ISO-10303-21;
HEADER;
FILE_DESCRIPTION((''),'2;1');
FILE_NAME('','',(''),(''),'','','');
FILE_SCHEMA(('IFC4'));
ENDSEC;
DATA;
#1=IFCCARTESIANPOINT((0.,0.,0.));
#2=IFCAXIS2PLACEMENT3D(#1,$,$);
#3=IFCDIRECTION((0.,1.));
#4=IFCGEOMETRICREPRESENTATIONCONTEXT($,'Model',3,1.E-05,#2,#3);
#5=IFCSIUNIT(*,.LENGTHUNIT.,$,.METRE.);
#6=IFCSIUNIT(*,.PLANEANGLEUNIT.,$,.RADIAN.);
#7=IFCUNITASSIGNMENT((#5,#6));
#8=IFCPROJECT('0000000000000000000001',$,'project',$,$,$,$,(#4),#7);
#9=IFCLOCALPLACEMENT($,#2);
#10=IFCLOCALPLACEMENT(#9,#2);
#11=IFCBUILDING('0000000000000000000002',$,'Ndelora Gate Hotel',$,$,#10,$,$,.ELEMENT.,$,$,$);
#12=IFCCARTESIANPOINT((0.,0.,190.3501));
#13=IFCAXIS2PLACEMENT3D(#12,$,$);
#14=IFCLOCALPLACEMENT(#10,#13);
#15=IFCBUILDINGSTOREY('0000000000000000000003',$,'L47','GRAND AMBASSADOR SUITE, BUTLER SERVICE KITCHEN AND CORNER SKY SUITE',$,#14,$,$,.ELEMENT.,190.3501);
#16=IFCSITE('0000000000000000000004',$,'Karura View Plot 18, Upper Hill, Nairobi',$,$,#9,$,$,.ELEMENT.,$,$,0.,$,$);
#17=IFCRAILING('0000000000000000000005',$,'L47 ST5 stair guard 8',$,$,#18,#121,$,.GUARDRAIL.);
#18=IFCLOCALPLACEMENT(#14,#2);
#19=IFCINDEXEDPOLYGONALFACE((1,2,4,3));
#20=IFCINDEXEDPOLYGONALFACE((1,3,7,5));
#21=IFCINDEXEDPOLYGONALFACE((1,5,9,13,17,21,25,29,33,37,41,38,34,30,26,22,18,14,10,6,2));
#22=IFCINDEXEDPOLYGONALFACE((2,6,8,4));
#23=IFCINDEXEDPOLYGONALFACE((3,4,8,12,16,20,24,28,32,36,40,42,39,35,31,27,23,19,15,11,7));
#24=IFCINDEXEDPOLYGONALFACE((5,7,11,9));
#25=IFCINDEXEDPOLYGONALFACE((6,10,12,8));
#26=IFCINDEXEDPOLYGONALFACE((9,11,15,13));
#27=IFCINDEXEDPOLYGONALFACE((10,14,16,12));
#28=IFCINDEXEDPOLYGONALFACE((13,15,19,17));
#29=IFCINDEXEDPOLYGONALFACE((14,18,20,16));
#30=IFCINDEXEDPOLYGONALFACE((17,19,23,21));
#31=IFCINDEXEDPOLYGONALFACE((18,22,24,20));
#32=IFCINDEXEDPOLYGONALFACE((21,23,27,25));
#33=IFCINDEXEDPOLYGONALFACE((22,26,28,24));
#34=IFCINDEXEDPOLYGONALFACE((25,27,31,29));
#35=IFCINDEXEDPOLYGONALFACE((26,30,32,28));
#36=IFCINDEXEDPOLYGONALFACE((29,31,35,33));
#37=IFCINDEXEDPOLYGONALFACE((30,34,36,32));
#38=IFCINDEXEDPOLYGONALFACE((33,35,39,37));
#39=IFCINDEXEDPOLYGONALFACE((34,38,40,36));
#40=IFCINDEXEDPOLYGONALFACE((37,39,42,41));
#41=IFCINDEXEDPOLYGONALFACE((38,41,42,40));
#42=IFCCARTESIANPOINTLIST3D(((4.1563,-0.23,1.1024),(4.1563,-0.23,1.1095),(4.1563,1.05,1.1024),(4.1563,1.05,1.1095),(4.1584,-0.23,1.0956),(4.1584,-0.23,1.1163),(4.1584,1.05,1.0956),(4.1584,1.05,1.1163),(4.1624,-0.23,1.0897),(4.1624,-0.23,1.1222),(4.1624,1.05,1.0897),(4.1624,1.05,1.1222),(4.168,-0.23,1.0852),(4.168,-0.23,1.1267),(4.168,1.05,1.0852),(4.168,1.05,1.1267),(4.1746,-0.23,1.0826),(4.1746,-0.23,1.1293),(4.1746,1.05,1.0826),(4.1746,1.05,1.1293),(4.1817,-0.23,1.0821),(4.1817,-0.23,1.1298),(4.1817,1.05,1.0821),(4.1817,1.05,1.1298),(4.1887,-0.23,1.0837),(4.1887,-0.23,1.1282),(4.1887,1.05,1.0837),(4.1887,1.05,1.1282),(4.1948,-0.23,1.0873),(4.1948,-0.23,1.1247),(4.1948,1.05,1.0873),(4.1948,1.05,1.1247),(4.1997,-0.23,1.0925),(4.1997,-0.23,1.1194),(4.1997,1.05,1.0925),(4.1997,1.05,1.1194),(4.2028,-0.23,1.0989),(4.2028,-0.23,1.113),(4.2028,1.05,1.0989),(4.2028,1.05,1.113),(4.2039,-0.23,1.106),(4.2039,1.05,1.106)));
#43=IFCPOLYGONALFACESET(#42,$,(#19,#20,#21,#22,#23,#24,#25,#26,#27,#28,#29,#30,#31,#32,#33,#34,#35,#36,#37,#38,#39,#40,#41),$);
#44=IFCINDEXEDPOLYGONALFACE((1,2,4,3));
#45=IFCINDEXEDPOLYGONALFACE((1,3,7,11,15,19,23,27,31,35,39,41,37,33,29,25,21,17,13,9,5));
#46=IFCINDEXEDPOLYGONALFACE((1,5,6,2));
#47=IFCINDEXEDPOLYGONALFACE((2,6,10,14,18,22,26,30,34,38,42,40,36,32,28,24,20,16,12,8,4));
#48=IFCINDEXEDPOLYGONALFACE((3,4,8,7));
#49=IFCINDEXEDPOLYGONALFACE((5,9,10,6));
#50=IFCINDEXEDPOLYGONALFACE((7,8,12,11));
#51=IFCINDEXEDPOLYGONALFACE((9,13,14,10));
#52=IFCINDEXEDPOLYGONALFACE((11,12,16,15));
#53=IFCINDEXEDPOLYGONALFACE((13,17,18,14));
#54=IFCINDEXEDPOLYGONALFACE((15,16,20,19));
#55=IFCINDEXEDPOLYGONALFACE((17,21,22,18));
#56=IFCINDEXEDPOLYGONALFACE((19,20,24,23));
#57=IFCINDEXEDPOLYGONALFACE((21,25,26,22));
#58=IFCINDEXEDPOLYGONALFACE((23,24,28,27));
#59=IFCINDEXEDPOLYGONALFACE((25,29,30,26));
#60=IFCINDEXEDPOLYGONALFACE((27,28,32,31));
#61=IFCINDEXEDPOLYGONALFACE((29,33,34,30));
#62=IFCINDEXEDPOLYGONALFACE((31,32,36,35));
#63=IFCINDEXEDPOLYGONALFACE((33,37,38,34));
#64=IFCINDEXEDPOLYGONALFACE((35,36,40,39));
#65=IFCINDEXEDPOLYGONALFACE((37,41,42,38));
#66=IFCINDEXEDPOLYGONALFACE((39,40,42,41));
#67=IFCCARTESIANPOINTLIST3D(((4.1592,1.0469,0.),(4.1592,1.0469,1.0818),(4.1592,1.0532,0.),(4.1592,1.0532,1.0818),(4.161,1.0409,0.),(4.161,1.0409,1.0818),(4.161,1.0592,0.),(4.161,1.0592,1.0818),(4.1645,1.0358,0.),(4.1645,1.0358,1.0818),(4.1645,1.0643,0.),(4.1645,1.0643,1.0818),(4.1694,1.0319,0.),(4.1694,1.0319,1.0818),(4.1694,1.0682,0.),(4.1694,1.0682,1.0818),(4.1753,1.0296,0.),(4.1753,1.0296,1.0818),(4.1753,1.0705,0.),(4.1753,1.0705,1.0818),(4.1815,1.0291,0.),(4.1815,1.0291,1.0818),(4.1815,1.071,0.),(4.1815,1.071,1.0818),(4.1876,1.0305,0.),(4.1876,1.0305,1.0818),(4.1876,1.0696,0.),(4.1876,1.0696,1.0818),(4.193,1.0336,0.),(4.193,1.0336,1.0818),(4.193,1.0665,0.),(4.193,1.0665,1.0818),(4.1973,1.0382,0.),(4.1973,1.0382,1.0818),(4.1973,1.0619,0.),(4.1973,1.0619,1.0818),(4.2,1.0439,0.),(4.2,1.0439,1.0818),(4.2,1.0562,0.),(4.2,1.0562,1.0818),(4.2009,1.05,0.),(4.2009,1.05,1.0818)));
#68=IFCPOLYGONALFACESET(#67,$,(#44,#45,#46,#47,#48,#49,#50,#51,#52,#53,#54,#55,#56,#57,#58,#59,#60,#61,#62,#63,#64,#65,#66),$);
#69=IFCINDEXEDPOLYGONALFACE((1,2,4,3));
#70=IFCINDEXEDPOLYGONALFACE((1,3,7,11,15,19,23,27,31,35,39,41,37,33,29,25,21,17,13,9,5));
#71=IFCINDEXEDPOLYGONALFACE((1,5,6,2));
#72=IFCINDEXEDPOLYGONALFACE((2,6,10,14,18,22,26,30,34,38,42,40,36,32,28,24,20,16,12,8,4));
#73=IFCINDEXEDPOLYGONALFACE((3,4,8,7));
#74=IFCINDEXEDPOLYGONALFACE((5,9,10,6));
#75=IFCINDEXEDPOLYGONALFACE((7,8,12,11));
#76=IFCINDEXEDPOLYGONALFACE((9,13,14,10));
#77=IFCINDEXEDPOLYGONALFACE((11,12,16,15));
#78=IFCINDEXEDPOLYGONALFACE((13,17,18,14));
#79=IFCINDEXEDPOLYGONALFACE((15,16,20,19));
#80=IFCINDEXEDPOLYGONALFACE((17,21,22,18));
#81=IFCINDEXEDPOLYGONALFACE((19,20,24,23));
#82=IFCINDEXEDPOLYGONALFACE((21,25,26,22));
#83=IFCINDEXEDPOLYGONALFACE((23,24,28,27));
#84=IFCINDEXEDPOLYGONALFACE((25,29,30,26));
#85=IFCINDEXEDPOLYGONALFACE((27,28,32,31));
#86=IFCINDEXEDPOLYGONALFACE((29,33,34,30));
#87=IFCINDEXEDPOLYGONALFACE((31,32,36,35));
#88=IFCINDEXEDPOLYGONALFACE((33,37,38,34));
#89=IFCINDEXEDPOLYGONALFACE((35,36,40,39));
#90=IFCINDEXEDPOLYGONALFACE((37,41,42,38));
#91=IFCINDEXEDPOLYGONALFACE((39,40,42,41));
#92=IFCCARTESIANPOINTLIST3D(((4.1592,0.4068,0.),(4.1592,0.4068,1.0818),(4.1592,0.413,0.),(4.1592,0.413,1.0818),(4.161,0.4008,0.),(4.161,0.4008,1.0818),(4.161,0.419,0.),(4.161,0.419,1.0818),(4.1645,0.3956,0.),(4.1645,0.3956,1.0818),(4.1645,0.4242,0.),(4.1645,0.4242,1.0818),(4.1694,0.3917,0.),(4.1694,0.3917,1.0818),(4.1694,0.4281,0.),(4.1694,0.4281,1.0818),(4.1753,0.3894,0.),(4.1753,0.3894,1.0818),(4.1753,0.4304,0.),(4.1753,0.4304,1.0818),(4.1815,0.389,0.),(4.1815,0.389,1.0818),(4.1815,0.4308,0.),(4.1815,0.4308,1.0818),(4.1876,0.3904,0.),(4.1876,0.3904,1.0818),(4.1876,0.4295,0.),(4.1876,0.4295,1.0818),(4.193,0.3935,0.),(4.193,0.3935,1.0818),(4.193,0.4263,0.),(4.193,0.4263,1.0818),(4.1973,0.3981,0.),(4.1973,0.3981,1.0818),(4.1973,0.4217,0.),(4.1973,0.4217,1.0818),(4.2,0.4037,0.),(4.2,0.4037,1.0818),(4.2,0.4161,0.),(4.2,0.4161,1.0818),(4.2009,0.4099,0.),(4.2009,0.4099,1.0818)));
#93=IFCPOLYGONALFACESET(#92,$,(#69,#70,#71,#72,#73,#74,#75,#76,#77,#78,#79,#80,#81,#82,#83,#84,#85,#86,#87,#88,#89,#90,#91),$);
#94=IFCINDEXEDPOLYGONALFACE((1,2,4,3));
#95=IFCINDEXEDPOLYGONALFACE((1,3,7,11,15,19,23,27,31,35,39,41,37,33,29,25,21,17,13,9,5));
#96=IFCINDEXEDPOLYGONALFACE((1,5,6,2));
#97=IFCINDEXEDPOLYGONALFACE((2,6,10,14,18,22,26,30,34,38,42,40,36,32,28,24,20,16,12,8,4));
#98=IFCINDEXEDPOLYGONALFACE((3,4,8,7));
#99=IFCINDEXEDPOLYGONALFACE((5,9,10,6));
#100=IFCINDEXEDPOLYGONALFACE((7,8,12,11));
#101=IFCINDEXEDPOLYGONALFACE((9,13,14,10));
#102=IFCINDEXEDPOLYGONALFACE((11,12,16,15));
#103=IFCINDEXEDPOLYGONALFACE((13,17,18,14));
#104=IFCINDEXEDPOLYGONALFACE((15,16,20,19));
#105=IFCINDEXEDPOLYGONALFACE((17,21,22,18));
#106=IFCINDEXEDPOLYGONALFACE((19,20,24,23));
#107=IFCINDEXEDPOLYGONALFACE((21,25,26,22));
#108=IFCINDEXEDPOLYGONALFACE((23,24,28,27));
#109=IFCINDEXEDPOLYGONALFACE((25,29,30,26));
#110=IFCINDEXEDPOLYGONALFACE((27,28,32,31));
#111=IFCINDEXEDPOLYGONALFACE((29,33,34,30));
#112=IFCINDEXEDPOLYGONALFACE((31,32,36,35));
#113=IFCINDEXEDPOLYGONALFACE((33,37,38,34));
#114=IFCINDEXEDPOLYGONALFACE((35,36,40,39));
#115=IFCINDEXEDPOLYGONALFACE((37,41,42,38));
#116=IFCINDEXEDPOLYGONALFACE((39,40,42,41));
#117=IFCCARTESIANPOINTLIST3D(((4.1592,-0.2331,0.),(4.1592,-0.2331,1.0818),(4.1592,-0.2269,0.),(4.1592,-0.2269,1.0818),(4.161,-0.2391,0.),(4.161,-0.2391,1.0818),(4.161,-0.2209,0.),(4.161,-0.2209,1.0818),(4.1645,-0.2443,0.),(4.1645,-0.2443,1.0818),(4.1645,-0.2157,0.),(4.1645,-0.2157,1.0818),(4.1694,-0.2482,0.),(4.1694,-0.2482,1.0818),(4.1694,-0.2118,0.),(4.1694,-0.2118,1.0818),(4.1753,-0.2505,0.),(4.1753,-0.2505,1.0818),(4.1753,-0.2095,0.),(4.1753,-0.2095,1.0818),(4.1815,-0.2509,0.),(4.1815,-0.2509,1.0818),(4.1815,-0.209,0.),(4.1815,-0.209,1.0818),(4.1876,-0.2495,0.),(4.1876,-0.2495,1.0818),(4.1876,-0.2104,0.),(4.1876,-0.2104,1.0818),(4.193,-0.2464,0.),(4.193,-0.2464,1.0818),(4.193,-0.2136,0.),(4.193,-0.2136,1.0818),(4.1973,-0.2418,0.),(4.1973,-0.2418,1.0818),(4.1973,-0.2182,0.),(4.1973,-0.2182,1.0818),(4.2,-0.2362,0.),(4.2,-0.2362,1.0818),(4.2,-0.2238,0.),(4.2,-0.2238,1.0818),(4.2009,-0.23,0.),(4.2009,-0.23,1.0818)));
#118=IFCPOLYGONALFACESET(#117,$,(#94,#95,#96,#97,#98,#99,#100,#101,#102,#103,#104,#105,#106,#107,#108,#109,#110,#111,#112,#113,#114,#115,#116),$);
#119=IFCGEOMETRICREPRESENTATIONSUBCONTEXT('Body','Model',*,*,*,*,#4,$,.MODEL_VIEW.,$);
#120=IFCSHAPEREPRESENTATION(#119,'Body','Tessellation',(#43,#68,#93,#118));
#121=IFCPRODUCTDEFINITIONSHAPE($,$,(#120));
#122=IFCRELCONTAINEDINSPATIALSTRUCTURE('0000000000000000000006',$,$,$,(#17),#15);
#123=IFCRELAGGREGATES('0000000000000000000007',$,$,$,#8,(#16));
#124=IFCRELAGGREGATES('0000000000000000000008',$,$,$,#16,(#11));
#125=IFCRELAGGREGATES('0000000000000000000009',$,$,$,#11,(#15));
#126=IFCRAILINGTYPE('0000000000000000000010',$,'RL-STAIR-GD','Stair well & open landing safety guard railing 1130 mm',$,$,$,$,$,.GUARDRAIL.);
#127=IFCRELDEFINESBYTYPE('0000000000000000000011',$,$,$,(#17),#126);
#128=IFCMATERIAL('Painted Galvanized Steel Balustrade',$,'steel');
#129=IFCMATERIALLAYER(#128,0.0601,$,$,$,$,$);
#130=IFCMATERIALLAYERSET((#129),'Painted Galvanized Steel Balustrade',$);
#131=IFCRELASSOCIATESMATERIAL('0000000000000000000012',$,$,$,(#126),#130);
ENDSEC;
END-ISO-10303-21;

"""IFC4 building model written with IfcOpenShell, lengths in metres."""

from ifc_helpers import new_model, si_unit, direction, frame, origin, origin_2d, place, context, subcontext, project, spatial, circle, extrude, material, layer, layer_set, type_object, element, save


model = new_model("IFC4")

# Units and contexts
model_context = context("Model", 3, precision=1e-05, world=origin(), true_north=direction((0.0, 1.0)))
body_context = subcontext(model_context, "Body", "Model", "MODEL_VIEW")
ifc_project = project(units=[si_unit("LENGTHUNIT", "METRE"), si_unit("PLANEANGLEUNIT", "RADIAN")], contexts=[model_context])

# Site, building, storey
site_placement = place(None, origin())
site = spatial("IfcSite", under=ifc_project, at=site_placement, Name="Karura View Plot 18, Upper Hill, Nairobi", CompositionType="ELEMENT", RefElevation=0.0)
building_placement = place(site_placement, origin())
building = spatial("IfcBuilding", under=site, at=building_placement, Name="Ndelora Gate Hotel", CompositionType="ELEMENT")
storey_placement = place(building_placement, frame((0.0, 0.0, 190.3501)))
storey = spatial("IfcBuildingStorey", under=building, at=storey_placement, Name="L47", Description="GRAND AMBASSADOR SUITE, BUTLER SERVICE KITCHEN AND CORNER SKY SUITE", CompositionType="ELEMENT", Elevation=190.3501)

# Railing
ifc_material_1 = material(Name="Painted Galvanized Steel Balustrade", Category="steel")
ifc_layer_1 = layer(ifc_material_1, 0.0601)
ifc_layer_set_1 = layer_set([ifc_layer_1], Name="Painted Galvanized Steel Balustrade")
railing_type = type_object("IfcRailingType", Name="RL-STAIR-GD", Description="Stair well & open landing safety guard railing 1130 mm", PredefinedType="GUARDRAIL", material=ifc_layer_set_1)
for number, where, name in (
    (1, (4.1799, 1.05, 0.0), "L47 ST5 stair guard 8"),
):
    element("IfcRailing", number, at=place(storey_placement, frame(where)), inside=storey, type_object=railing_type, Name=name, PredefinedType="GUARDRAIL", context=body_context, shape_type="SweptSolid", body=[
        extrude(circle(Radius=0.0239, at=origin_2d()), frame((0.0, 0.0, 1.106), z_axis=(0.0, -1.0, 0.0), x_axis=(1.0, 0.0, 0.0)), (0.0, 0.0, 1.0), 1.28),
        extrude(circle(Radius=0.021, at=origin_2d()), origin(), (0.0, 0.0, 1.0), 1.0818),
        extrude(circle(Radius=0.021, at=origin_2d()), frame((0.0, -0.6401, 0.0)), (0.0, 0.0, 1.0), 1.0818),
        extrude(circle(Radius=0.021, at=origin_2d()), frame((0.0, -1.28, 0.0)), (0.0, 0.0, 1.0), 1.0818),
    ])

save(model, "model.ifc")
